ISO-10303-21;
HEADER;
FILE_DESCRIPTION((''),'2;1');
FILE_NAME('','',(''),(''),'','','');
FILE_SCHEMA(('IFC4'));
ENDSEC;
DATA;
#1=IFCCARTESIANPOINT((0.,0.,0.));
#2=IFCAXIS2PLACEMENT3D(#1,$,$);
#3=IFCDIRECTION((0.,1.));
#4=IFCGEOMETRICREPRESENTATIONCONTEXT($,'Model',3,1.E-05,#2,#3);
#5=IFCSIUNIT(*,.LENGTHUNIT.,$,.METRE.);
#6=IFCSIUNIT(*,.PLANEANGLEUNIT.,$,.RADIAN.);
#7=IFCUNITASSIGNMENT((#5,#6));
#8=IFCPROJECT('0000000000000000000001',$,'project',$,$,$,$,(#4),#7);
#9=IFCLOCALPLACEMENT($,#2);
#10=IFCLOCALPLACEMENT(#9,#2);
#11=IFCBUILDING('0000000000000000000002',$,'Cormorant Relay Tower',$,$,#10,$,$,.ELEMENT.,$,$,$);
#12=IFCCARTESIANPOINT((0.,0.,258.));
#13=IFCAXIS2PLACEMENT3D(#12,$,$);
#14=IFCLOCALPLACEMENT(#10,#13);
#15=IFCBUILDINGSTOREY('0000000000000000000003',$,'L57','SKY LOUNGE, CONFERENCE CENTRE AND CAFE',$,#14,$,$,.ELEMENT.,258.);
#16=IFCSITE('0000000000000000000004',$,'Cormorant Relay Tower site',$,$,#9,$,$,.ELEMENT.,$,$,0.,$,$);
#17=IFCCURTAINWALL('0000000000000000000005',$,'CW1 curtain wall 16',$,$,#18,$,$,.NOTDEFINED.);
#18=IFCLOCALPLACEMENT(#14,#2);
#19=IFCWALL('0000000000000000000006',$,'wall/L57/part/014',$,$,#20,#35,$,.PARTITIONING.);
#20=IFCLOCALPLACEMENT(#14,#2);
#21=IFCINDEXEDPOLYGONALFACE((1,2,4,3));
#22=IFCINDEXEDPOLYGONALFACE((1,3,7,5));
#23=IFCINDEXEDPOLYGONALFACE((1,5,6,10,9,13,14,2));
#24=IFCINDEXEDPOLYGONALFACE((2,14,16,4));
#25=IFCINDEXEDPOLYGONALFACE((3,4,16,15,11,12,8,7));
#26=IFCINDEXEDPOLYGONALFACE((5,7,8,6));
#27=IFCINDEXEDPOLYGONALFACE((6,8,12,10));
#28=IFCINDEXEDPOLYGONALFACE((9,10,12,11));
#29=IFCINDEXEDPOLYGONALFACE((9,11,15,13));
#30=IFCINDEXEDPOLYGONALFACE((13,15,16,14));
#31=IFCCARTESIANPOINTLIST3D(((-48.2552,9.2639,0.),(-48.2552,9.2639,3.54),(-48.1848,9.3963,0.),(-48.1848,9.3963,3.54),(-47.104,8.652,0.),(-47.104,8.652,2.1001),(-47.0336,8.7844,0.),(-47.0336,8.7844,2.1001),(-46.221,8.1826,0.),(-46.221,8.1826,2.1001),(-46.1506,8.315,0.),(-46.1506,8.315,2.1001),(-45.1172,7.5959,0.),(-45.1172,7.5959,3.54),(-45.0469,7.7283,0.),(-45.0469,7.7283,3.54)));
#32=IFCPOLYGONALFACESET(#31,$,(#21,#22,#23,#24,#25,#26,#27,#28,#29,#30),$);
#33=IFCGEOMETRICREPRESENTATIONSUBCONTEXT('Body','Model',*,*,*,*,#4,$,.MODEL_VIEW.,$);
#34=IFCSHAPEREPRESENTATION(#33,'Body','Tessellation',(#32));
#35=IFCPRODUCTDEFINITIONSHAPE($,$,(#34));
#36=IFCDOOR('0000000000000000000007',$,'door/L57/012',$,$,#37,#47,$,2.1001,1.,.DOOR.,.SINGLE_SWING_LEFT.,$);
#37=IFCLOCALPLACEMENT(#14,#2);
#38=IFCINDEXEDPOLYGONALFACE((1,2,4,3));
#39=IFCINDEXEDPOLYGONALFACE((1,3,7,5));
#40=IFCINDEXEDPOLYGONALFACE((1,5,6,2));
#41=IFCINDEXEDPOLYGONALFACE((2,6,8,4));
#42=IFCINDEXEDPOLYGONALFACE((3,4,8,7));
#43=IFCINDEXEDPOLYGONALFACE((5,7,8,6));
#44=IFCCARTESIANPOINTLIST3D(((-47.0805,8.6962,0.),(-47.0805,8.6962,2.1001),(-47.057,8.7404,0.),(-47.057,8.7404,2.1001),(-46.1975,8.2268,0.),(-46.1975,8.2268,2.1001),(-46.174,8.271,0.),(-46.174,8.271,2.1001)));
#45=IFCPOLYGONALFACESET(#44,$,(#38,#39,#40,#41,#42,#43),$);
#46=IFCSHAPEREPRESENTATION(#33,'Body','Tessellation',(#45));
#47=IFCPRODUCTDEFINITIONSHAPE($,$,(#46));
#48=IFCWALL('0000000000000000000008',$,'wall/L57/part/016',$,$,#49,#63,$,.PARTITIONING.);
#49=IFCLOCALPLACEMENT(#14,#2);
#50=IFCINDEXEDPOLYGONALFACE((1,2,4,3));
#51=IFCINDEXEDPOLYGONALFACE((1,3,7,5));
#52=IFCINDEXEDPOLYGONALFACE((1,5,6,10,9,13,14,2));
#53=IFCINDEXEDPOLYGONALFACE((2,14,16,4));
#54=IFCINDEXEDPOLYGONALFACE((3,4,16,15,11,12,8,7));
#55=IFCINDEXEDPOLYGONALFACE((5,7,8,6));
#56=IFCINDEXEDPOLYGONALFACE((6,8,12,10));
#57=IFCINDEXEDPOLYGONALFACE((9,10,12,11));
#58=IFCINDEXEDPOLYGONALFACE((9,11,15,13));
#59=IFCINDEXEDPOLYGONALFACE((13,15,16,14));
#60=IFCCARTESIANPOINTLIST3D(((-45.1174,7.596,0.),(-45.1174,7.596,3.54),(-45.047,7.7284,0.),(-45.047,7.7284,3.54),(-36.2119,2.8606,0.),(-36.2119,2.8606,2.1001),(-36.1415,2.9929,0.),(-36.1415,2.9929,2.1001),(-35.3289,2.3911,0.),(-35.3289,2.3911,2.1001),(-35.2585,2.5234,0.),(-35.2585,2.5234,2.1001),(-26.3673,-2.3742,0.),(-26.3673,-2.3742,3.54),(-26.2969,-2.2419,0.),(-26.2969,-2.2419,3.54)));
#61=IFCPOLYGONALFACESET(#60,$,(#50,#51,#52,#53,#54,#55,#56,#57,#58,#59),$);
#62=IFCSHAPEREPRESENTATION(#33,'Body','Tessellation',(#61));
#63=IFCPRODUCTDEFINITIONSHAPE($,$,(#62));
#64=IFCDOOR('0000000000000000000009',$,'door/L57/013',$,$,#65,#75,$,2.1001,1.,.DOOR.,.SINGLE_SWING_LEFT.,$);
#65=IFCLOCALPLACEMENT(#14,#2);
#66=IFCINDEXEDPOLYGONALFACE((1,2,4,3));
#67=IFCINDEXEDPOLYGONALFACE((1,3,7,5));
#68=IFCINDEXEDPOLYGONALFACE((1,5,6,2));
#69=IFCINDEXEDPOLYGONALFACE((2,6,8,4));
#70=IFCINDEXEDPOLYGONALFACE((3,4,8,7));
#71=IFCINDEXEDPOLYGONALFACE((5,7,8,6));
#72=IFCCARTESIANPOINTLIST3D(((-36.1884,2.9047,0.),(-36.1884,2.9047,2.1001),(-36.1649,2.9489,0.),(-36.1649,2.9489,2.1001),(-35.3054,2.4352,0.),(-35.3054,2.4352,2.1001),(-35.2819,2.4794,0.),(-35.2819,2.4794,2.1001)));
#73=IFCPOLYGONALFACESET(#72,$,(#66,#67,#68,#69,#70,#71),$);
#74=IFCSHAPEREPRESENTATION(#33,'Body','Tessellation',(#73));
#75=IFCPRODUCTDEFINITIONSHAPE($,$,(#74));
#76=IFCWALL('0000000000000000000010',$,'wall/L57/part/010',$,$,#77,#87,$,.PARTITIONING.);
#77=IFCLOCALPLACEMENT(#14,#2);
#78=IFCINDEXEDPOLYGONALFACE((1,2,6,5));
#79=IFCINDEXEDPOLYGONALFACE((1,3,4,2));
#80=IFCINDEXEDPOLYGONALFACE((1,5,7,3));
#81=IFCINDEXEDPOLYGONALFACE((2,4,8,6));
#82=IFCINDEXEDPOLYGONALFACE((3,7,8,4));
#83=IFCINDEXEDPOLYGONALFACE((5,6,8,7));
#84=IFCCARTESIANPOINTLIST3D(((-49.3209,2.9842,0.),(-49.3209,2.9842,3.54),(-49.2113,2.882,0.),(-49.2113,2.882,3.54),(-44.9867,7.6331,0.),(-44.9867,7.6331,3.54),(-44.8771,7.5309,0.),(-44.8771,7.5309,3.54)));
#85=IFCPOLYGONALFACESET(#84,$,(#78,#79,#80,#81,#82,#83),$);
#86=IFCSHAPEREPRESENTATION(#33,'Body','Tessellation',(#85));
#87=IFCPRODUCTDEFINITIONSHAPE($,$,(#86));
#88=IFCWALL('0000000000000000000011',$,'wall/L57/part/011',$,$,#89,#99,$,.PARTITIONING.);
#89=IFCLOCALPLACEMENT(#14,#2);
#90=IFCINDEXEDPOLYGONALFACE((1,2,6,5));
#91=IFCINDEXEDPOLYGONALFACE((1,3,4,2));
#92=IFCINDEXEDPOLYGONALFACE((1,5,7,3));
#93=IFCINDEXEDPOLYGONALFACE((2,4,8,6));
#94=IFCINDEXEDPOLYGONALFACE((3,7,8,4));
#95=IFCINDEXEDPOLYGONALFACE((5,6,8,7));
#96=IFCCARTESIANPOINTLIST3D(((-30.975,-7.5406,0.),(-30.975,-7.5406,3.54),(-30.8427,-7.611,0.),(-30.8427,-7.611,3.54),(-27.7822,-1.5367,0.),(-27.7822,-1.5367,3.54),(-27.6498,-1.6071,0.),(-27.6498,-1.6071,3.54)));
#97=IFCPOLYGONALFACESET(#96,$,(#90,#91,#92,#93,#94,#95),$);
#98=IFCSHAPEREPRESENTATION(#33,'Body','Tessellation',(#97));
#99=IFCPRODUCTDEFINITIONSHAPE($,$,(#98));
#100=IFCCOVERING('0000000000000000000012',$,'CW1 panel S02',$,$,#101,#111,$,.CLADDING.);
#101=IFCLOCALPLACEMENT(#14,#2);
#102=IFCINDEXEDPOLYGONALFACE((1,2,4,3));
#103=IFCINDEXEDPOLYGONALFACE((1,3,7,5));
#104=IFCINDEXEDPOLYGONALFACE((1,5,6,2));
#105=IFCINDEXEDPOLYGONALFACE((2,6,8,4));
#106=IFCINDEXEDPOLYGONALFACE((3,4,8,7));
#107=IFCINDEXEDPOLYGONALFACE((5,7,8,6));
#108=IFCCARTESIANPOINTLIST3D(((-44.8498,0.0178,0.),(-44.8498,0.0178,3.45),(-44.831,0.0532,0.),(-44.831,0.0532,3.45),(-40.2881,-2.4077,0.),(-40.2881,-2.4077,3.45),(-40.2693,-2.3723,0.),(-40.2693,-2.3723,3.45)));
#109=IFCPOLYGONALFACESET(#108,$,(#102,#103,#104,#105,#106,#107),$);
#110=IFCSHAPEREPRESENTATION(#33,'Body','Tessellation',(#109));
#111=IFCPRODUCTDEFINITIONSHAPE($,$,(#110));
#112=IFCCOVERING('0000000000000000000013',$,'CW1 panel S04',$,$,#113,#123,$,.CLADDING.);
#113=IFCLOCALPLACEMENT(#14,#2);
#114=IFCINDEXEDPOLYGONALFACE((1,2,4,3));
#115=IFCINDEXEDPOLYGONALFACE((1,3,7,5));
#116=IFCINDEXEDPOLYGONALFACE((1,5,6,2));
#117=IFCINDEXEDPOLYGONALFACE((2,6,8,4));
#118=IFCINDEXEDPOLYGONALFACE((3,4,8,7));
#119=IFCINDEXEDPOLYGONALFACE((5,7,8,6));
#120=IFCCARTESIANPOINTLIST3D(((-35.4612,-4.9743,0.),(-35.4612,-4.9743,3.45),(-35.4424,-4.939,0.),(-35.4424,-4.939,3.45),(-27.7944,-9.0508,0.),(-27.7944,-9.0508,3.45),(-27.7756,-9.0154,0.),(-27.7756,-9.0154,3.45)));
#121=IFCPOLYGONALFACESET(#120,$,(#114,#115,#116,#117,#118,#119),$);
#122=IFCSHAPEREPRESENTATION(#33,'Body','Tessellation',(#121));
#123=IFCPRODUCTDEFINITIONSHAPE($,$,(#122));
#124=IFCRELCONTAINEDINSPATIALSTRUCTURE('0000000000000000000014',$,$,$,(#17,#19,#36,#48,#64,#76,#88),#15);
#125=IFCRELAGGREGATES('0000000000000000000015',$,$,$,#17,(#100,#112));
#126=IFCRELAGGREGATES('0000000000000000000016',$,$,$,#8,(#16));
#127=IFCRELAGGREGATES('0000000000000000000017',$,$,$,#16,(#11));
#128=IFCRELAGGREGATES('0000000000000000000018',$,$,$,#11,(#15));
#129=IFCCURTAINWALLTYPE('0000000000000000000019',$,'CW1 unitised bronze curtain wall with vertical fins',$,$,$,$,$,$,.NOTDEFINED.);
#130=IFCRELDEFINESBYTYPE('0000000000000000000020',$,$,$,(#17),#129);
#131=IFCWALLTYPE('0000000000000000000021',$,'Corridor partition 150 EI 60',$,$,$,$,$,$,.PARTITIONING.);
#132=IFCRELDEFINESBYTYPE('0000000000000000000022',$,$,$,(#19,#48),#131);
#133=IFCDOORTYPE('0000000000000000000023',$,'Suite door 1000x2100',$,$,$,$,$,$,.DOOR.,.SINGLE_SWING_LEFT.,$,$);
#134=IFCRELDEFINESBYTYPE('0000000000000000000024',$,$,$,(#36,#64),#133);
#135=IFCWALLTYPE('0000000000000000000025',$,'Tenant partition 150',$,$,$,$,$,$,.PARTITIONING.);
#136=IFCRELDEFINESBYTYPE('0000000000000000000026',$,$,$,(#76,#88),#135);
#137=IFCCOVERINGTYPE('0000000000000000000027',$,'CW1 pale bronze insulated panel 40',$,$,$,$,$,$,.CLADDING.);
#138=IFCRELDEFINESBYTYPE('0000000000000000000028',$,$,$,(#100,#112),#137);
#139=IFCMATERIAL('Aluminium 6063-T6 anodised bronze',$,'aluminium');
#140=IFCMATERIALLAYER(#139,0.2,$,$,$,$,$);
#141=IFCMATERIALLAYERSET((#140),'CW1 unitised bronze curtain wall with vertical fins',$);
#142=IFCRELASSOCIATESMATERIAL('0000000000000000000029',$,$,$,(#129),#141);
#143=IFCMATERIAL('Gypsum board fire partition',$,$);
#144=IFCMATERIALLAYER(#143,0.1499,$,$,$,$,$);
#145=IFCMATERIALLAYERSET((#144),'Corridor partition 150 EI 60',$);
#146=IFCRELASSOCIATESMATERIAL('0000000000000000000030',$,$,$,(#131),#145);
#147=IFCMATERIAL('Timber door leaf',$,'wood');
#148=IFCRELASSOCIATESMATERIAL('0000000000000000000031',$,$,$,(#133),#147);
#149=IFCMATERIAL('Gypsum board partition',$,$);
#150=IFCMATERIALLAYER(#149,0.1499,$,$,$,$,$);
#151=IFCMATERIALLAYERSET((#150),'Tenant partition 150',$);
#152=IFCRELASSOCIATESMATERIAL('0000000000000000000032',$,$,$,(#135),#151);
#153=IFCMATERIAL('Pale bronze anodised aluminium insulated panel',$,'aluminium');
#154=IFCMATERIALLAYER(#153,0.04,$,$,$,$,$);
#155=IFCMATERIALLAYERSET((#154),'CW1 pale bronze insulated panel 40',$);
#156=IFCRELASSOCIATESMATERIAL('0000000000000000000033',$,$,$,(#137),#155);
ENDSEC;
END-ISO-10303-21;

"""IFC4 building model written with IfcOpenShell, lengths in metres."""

from ifc_helpers import new_model, si_unit, direction, frame, frame_2d, origin, origin_2d, place, context, subcontext, project, spatial, rectangle, extrude, material, layer, layer_set, type_object, element, fill, aggregate, save


model = new_model("IFC4")

# Units and contexts
model_context = context("Model", 3, precision=1e-05, world=origin(), true_north=direction((0.0, 1.0)))
body_context = subcontext(model_context, "Body", "Model", "MODEL_VIEW")
ifc_project = project(units=[si_unit("LENGTHUNIT", "METRE"), si_unit("PLANEANGLEUNIT", "RADIAN")], contexts=[model_context])

# Site, building, storey
site_placement = place(None, origin())
site = spatial("IfcSite", under=ifc_project, at=site_placement, Name="Cormorant Relay Tower site", CompositionType="ELEMENT", RefElevation=0.0)
building_placement = place(site_placement, origin())
building = spatial("IfcBuilding", under=site, at=building_placement, Name="Cormorant Relay Tower", CompositionType="ELEMENT")
storey_placement = place(building_placement, frame((0.0, 0.0, 258.0)))
storey = spatial("IfcBuildingStorey", under=building, at=storey_placement, Name="L57", Description="SKY LOUNGE, CONFERENCE CENTRE AND CAFE", CompositionType="ELEMENT", Elevation=258.0)

# Curtain wall
ifc_material_1 = material(Name="Aluminium 6063-T6 anodised bronze", Category="aluminium")
ifc_layer_1 = layer(ifc_material_1, 0.2)
ifc_layer_set_1 = layer_set([ifc_layer_1], Name="CW1 unitised bronze curtain wall with vertical fins")
curtain_wall_type = type_object("IfcCurtainWallType", Name="CW1 unitised bronze curtain wall with vertical fins", PredefinedType="NOTDEFINED", material=ifc_layer_set_1)
curtain_wall_placement = place(storey_placement, origin())
curtain_wall = element("IfcCurtainWall", 1, at=curtain_wall_placement, inside=storey, type_object=curtain_wall_type, Name="CW1 curtain wall 16", PredefinedType="NOTDEFINED")

# Walls, openings, doors
ifc_material_2 = material(Name="Gypsum board fire partition")
ifc_layer_2 = layer(ifc_material_2, 0.1499)
ifc_layer_set_2 = layer_set([ifc_layer_2], Name="Corridor partition 150 EI 60")
wall_type_1 = type_object("IfcWallType", Name="Corridor partition 150 EI 60", PredefinedType="PARTITIONING", material=ifc_layer_set_2)
wall_1_placement = place(storey_placement, frame((-45.082, 7.6621, 0.0), z_axis=(0.0, 0.0, 1.0), x_axis=(-0.883006, 0.469361, 0.0)))
wall_1 = element("IfcWall", 2, at=wall_1_placement, inside=storey, type_object=wall_type_1, Name="wall/L57/part/014", PredefinedType="PARTITIONING", context=body_context, shape_type="SweptSolid", body=[
    extrude(rectangle(XDim=3.5537, YDim=0.1499, at=frame_2d((1.7769, 0.0))), origin(), (0.0, 0.0, 1.0), 3.54),
])
opening_1_placement = place(wall_1_placement, frame((1.25, 0.0, 0.0)))
opening_1 = element("IfcOpeningElement", 3, at=opening_1_placement, cuts=wall_1, PredefinedType="OPENING", context=body_context, shape_type="SweptSolid", body=[
    extrude(rectangle(XDim=1.0, YDim=2.1001, at=frame_2d((0.5, 1.05))), frame((0.0, 0.085, 0.0), z_axis=(0.0, -1.0, 0.0), x_axis=(1.0, 0.0, 0.0)), (0.0, 0.0, 1.0), 0.1699),
])
ifc_material_3 = material(Name="Timber door leaf", Category="wood")
door_type = type_object("IfcDoorType", Name="Suite door 1000x2100", OperationType="SINGLE_SWING_LEFT", PredefinedType="DOOR", material=ifc_material_3)
door_1_placement = place(opening_1_placement, origin())
door_1 = element("IfcDoor", 4, at=door_1_placement, inside=storey, type_object=door_type, Name="door/L57/012", OperationType="SINGLE_SWING_LEFT", OverallHeight=2.1001, OverallWidth=1.0, PredefinedType="DOOR", context=body_context, shape_type="SweptSolid", body=[
    extrude(rectangle(XDim=1.0, YDim=2.1001, at=frame_2d((0.5, 1.05))), frame((0.0, 0.0249, 0.0), z_axis=(0.0, -1.0, 0.0), x_axis=(1.0, 0.0, 0.0)), (0.0, 0.0, 1.0), 0.05),
])
fill(opening_1, door_1)
wall_2_placement = place(storey_placement, frame((-26.332, -2.3081, 0.0), z_axis=(0.0, 0.0, 1.0), x_axis=(-0.882935, 0.469496, 0.0)))
wall_2 = element("IfcWall", 5, at=wall_2_placement, inside=storey, type_object=wall_type_1, Name="wall/L57/part/016", PredefinedType="PARTITIONING", context=body_context, shape_type="SweptSolid", body=[
    extrude(rectangle(XDim=21.2361, YDim=0.1499, at=frame_2d((10.6182, 0.0))), origin(), (0.0, 0.0, 1.0), 3.54),
])
opening_2_placement = place(wall_2_placement, frame((10.1499, 0.0, 0.0)))
opening_2 = element("IfcOpeningElement", 6, at=opening_2_placement, cuts=wall_2, PredefinedType="OPENING", context=body_context, shape_type="SweptSolid", body=[
    extrude(rectangle(XDim=1.0, YDim=2.1001, at=frame_2d((0.5, 1.05))), frame((0.0, 0.085, 0.0), z_axis=(0.0, -1.0, 0.0), x_axis=(1.0, 0.0, 0.0)), (0.0, 0.0, 1.0), 0.1699),
])
door_2_placement = place(opening_2_placement, origin())
door_2 = element("IfcDoor", 7, at=door_2_placement, inside=storey, type_object=door_type, Name="door/L57/013", OperationType="SINGLE_SWING_LEFT", OverallHeight=2.1001, OverallWidth=1.0, PredefinedType="DOOR", context=body_context, shape_type="SweptSolid", body=[
    extrude(rectangle(XDim=1.0, YDim=2.1001, at=frame_2d((0.5, 1.05))), frame((0.0, 0.0249, 0.0), z_axis=(0.0, -1.0, 0.0), x_axis=(1.0, 0.0, 0.0)), (0.0, 0.0, 1.0), 0.05),
])
fill(opening_2, door_2)

# Walls
ifc_material_4 = material(Name="Gypsum board partition")
ifc_layer_3 = layer(ifc_material_4, 0.1499)
ifc_layer_set_3 = layer_set([ifc_layer_3], Name="Tenant partition 150")
wall_type_2 = type_object("IfcWallType", Name="Tenant partition 150", PredefinedType="PARTITIONING", material=ifc_layer_set_3)
wall_3_placement = place(storey_placement, frame((-44.9319, 7.582, 0.0), z_axis=(0.0, 0.0, 1.0), x_axis=(-0.681917, -0.731429, 0.0)))
element("IfcWall", 8, at=wall_3_placement, inside=storey, type_object=wall_type_2, Name="wall/L57/part/010", PredefinedType="PARTITIONING", context=body_context, shape_type="SweptSolid", body=[
    extrude(rectangle(XDim=6.356, YDim=0.1499, at=frame_2d((3.178, 0.0))), origin(), (0.0, 0.0, 1.0), 3.54),
])
wall_4_placement = place(storey_placement, frame((-27.7161, -1.572, 0.0), z_axis=(0.0, 0.0, 1.0), x_axis=(-0.469533, -0.882915, 0.0)))
element("IfcWall", 9, at=wall_4_placement, inside=storey, type_object=wall_type_2, Name="wall/L57/part/011", PredefinedType="PARTITIONING", context=body_context, shape_type="SweptSolid", body=[
    extrude(rectangle(XDim=6.8, YDim=0.1499, at=frame_2d((3.3999, 0.0))), origin(), (0.0, 0.0, 1.0), 3.54),
])

# Coverings
ifc_material_5 = material(Name="Pale bronze anodised aluminium insulated panel", Category="aluminium")
ifc_layer_4 = layer(ifc_material_5, 0.04)
ifc_layer_set_4 = layer_set([ifc_layer_4], Name="CW1 pale bronze insulated panel 40")
covering_type = type_object("IfcCoveringType", Name="CW1 pale bronze insulated panel 40", PredefinedType="CLADDING", material=ifc_layer_set_4)
covering_1_placement = place(storey_placement, frame((-42.5596, -1.1772, 0.0), z_axis=(0.0, 0.0, 1.0), x_axis=(0.882948, -0.469472, 0.0)))
covering_1 = element("IfcCovering", 10, at=covering_1_placement, type_object=covering_type, Name="CW1 panel S02", PredefinedType="CLADDING", context=body_context, shape_type="SweptSolid", body=[
    extrude(rectangle(XDim=5.1665, YDim=0.04, at=origin_2d()), origin(), (0.0, 0.0, 1.0), 3.45),
])
covering_2_placement = place(storey_placement, frame((-31.6184, -6.9949, 0.0), z_axis=(0.0, 0.0, 1.0), x_axis=(0.882948, -0.469472, 0.0)))
covering_2 = element("IfcCovering", 11, at=covering_2_placement, type_object=covering_type, Name="CW1 panel S04", PredefinedType="CLADDING", context=body_context, shape_type="SweptSolid", body=[
    extrude(rectangle(XDim=8.6831, YDim=0.04, at=origin_2d()), origin(), (0.0, 0.0, 1.0), 3.45),
])
aggregate(curtain_wall, [covering_1, covering_2])

save(model, "model.ifc")
